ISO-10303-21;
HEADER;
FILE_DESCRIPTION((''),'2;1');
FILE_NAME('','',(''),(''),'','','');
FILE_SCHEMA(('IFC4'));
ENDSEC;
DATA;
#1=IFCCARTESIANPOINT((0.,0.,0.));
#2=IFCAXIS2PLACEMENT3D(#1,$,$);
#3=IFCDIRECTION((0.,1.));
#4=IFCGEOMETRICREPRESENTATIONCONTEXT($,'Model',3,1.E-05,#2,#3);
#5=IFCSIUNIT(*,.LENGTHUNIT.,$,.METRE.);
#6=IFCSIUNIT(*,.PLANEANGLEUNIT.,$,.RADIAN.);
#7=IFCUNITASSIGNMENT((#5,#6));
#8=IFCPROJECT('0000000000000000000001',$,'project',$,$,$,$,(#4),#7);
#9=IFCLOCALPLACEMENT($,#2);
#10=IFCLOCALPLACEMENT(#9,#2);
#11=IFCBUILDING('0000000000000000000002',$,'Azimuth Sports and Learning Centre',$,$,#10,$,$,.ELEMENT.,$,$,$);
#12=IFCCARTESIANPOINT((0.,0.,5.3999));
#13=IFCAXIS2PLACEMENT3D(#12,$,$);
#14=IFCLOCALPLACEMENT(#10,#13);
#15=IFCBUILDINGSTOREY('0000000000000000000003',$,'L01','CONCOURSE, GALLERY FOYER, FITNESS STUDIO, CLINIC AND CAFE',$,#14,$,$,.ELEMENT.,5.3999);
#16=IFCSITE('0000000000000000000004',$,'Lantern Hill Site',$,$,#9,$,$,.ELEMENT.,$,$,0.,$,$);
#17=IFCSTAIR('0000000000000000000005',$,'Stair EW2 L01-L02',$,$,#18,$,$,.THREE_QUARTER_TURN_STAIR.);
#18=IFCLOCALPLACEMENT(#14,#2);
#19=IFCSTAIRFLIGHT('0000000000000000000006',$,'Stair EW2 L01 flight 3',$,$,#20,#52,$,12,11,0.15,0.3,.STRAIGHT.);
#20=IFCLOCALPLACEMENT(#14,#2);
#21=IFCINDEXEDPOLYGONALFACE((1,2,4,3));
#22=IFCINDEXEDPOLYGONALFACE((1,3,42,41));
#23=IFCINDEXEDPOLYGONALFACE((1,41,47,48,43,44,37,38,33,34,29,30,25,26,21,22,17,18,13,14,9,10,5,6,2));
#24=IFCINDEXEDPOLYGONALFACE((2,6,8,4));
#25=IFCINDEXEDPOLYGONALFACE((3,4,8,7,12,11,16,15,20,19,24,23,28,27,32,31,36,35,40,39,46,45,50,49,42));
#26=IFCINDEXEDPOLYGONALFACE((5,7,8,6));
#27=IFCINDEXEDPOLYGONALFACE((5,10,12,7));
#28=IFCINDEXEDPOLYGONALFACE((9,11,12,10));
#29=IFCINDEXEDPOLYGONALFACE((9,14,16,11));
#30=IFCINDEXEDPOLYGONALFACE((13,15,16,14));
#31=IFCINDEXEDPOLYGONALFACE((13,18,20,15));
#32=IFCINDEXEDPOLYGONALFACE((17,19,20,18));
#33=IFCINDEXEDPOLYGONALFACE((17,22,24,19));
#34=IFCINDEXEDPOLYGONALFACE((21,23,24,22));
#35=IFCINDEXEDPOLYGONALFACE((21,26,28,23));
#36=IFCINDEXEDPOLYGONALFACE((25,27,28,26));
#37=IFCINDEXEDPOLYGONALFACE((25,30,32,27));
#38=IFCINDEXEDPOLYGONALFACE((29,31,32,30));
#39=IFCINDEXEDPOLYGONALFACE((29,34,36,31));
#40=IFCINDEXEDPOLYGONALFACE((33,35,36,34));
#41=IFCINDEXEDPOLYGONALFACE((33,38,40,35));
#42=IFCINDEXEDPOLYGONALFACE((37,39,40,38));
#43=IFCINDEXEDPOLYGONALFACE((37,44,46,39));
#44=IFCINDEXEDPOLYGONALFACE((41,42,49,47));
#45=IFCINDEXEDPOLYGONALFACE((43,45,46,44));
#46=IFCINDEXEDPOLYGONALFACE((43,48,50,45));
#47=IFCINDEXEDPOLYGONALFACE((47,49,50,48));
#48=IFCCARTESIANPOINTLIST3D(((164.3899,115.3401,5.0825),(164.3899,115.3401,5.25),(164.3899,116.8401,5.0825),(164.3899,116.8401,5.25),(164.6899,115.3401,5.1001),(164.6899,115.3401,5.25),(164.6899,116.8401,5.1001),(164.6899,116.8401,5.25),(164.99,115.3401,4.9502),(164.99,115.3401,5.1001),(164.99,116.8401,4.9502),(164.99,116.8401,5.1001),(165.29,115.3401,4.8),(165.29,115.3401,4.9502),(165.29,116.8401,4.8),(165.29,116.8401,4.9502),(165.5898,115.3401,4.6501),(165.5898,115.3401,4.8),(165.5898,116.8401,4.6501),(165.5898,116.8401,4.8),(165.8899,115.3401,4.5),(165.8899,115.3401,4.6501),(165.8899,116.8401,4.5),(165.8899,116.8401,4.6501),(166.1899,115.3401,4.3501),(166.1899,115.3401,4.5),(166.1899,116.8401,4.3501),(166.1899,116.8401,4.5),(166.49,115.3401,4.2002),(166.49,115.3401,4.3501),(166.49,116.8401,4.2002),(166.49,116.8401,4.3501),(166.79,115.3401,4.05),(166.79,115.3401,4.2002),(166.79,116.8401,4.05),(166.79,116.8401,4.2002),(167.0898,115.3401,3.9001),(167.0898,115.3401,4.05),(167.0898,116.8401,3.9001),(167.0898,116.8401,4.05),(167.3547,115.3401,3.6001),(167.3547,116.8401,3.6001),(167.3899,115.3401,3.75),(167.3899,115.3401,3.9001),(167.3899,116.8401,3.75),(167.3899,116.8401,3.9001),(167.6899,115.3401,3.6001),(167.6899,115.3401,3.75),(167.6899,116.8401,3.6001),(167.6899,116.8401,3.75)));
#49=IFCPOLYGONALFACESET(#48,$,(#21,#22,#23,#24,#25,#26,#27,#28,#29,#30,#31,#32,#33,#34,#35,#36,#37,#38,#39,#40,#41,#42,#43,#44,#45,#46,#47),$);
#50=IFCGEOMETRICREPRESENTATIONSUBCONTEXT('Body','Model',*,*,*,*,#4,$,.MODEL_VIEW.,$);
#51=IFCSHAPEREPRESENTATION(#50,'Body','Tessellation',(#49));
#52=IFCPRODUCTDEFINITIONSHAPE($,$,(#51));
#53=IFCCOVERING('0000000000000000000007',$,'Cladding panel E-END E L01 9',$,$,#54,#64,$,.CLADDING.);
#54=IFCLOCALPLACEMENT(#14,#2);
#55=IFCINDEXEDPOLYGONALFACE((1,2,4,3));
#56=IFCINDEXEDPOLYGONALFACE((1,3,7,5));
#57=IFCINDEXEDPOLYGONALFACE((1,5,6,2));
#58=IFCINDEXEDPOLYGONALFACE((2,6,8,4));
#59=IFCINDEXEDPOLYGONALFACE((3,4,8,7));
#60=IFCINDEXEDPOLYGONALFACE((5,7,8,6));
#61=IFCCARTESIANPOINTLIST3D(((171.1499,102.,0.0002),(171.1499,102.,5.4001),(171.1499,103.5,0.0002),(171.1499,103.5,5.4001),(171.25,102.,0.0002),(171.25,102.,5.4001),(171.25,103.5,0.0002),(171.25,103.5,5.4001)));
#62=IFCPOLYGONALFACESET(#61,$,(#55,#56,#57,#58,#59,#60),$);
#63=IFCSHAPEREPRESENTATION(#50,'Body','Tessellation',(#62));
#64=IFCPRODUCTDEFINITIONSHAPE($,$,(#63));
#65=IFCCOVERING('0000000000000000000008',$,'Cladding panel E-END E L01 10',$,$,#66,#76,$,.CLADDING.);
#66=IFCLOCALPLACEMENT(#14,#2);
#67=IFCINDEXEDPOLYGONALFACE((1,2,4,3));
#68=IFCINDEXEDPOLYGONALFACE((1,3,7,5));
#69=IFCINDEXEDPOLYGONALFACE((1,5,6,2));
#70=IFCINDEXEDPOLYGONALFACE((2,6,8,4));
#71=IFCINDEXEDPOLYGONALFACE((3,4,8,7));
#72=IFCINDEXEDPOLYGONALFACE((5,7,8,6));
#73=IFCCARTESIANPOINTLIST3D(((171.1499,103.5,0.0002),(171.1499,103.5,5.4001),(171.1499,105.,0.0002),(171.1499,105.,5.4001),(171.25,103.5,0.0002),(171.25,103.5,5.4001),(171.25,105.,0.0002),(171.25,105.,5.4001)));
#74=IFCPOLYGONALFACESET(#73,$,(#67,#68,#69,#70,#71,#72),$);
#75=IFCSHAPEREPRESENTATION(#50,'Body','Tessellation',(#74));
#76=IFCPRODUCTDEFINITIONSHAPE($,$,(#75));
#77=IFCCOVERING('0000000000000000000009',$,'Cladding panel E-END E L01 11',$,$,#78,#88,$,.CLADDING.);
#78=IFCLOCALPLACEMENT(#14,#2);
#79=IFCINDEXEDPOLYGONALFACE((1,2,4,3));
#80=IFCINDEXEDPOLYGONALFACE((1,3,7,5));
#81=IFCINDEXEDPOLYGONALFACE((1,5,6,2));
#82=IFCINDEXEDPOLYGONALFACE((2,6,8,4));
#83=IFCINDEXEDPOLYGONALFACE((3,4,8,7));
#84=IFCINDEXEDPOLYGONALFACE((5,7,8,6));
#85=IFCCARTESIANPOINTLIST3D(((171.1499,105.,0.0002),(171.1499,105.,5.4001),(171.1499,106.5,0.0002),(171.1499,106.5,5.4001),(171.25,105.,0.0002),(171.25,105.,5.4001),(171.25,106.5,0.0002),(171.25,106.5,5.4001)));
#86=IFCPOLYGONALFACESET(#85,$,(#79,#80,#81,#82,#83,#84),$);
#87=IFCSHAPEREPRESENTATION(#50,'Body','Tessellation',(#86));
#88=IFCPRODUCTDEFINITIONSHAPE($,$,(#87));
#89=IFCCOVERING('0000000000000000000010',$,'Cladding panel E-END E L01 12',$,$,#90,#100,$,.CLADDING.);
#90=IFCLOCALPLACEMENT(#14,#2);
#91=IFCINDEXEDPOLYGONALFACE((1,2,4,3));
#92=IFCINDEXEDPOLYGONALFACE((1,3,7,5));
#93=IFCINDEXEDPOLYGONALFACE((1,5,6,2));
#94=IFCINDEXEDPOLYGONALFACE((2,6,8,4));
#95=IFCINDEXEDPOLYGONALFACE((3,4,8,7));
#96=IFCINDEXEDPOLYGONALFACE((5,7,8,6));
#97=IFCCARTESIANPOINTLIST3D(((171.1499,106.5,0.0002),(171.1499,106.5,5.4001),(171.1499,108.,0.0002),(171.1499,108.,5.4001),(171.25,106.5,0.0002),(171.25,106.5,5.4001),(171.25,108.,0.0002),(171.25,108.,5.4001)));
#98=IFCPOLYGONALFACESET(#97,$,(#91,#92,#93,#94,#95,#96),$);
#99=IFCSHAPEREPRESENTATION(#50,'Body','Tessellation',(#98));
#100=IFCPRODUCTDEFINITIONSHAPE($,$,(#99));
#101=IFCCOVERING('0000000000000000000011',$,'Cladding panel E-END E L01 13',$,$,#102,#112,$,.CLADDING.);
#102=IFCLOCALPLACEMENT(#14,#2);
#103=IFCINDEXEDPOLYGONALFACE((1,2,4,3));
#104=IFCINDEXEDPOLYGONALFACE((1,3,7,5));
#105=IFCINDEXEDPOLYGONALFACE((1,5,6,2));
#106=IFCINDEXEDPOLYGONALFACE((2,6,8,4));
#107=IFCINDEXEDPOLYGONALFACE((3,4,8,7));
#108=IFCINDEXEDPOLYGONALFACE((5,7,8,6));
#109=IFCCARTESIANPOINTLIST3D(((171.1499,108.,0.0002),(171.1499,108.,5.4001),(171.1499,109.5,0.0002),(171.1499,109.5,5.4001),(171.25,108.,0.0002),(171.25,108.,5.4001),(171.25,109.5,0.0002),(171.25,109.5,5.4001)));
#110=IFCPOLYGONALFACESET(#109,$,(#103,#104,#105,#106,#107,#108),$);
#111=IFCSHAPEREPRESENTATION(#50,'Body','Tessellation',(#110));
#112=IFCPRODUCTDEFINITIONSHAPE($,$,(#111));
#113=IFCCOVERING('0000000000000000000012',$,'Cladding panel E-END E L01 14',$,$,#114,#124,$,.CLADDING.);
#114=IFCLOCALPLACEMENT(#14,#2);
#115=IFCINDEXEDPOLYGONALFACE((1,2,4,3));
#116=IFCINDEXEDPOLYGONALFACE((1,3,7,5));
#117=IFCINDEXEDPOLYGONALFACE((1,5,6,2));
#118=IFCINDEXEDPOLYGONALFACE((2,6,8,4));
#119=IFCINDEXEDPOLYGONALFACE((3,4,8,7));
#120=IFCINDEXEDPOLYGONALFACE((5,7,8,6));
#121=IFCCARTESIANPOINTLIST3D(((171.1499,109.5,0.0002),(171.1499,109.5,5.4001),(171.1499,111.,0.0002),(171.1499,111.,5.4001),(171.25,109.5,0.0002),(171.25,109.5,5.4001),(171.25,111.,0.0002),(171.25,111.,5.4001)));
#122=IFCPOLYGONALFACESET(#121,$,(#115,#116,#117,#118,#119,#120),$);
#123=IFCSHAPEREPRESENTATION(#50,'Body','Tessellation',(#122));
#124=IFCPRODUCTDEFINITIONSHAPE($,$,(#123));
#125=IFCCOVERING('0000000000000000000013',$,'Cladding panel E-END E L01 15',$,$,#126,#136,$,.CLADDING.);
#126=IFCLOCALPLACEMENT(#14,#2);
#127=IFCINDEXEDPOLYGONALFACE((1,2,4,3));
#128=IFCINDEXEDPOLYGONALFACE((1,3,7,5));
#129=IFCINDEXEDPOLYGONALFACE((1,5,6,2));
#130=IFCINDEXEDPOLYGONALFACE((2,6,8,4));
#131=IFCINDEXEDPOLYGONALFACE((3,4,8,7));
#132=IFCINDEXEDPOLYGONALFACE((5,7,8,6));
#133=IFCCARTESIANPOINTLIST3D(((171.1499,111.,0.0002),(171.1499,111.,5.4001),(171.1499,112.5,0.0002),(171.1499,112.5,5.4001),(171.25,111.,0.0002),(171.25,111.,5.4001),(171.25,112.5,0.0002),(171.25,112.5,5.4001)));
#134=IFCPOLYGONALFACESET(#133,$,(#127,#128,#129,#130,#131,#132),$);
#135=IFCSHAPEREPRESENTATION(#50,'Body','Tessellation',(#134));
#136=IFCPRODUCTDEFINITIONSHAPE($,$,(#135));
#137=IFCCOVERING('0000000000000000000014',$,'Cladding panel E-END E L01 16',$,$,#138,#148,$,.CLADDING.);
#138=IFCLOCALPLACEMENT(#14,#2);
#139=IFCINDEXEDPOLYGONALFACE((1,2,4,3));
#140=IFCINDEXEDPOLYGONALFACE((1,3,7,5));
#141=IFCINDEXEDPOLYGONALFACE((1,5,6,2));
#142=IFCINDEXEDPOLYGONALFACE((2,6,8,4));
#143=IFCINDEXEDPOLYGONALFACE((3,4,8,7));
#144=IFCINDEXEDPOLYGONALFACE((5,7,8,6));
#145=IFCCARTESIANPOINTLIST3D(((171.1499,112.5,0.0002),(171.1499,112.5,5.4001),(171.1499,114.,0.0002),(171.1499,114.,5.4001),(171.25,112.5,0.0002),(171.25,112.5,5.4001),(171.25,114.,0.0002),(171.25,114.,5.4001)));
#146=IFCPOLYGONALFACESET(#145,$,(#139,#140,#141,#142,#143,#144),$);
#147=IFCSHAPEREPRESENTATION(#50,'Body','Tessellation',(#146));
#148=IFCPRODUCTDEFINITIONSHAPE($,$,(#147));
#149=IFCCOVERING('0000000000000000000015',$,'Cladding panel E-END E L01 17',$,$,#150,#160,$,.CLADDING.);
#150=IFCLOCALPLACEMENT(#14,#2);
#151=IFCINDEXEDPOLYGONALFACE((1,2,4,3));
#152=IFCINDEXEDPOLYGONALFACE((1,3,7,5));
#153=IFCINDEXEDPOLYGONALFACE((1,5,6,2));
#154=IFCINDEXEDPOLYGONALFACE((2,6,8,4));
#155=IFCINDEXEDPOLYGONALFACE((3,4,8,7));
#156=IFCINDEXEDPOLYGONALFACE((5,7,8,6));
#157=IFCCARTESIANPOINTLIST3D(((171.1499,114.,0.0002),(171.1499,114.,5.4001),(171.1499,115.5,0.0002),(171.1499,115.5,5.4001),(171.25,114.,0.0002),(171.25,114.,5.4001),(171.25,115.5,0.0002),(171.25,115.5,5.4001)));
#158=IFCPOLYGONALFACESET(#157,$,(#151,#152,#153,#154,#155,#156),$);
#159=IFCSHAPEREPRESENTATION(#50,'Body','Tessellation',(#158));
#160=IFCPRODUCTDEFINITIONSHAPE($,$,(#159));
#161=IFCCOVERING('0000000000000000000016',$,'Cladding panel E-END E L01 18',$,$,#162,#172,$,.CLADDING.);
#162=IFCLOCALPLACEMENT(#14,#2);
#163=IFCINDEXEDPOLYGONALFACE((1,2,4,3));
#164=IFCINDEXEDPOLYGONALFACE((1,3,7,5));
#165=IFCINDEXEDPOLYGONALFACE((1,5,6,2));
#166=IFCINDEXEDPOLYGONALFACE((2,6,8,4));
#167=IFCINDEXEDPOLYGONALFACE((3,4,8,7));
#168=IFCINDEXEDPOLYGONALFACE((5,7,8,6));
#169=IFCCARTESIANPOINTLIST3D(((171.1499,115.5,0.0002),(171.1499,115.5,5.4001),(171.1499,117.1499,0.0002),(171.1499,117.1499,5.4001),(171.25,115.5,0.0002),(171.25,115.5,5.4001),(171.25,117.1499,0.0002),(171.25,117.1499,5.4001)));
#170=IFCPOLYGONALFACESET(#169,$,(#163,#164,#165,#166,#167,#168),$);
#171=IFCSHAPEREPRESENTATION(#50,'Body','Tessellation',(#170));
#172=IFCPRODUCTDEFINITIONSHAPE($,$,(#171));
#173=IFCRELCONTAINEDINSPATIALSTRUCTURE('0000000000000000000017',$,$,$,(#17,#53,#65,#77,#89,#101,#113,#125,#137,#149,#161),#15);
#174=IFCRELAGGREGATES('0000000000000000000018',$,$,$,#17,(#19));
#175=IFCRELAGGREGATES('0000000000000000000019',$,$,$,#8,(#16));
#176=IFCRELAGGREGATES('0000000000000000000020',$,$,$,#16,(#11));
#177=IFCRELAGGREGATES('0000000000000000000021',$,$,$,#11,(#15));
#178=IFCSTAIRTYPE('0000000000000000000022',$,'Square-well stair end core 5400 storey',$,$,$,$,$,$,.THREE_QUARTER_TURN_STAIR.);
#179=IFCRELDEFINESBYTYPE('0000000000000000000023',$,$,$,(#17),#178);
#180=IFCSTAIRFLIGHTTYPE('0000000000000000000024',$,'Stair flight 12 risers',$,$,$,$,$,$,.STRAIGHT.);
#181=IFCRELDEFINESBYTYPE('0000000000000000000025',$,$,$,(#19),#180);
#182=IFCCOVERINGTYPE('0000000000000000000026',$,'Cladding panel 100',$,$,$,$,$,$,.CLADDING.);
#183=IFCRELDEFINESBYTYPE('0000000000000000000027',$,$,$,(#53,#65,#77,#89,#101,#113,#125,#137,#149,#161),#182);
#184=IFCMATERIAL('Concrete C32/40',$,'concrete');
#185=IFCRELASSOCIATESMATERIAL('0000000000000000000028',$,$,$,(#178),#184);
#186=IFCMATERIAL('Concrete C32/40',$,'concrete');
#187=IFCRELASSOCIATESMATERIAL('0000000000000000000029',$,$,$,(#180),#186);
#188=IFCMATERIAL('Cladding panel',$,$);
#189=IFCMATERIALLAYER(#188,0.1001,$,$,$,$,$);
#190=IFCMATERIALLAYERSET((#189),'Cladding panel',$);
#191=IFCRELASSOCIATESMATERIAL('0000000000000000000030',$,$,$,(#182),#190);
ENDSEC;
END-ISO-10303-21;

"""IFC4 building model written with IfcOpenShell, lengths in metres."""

from ifc_helpers import new_model, si_unit, direction, frame, origin, origin_2d, place, context, subcontext, project, spatial, polyline, rectangle, outline, extrude, material, layer, layer_set, type_object, element, aggregate, save


model = new_model("IFC4")

# Units and contexts
model_context = context("Model", 3, precision=1e-05, world=origin(), true_north=direction((0.0, 1.0)))
body_context = subcontext(model_context, "Body", "Model", "MODEL_VIEW")
ifc_project = project(units=[si_unit("LENGTHUNIT", "METRE"), si_unit("PLANEANGLEUNIT", "RADIAN")], contexts=[model_context])

# Site, building, storey
site_placement = place(None, origin())
site = spatial("IfcSite", under=ifc_project, at=site_placement, Name="Lantern Hill Site", CompositionType="ELEMENT", RefElevation=0.0)
building_placement = place(site_placement, origin())
building = spatial("IfcBuilding", under=site, at=building_placement, Name="Azimuth Sports and Learning Centre", CompositionType="ELEMENT")
storey_placement = place(building_placement, frame((0.0, 0.0, 5.3999)))
storey = spatial("IfcBuildingStorey", under=building, at=storey_placement, Name="L01", Description="CONCOURSE, GALLERY FOYER, FITNESS STUDIO, CLINIC AND CAFE", CompositionType="ELEMENT", Elevation=5.3999)

# Stair, stair flight
ifc_material_1 = material(Name="Concrete C32/40", Category="concrete")
stair_type = type_object("IfcStairType", Name="Square-well stair end core 5400 storey", PredefinedType="THREE_QUARTER_TURN_STAIR", material=ifc_material_1)
stair_placement = place(storey_placement, origin())
stair = element("IfcStair", 1, at=stair_placement, inside=storey, type_object=stair_type, Name="Stair EW2 L01-L02", PredefinedType="THREE_QUARTER_TURN_STAIR")
ifc_material_2 = material(Name="Concrete C32/40", Category="concrete")
stair_flight_type = type_object("IfcStairFlightType", Name="Stair flight 12 risers", PredefinedType="STRAIGHT", material=ifc_material_2)
stair_flight_1_placement = place(storey_placement, frame((167.6899, 116.0901, 3.6001), z_axis=(0.0, 0.0, 1.0), x_axis=(-1.0, 0.0, 0.0)))
stair_flight_1 = element("IfcStairFlight", 2, at=stair_flight_1_placement, type_object=stair_flight_type, Name="Stair EW2 L01 flight 3", NumberOfRisers=12, NumberOfTreads=11, PredefinedType="STRAIGHT", RiserHeight=0.15, TreadLength=0.3, context=body_context, shape_type="SweptSolid", body=[
    extrude(outline(polyline([(0.0, 0.0), (0.0, 0.1499), (0.3, 0.1499), (0.3, 0.3), (0.6001, 0.3), (0.6001, 0.45), (0.8999, 0.45), (0.8999, 0.6001), (1.2, 0.6001), (1.2, 0.75), (1.5, 0.75), (1.5, 0.8999), (1.8, 0.8999), (1.8, 1.05), (2.1001, 1.05), (2.1001, 1.2), (2.3999, 1.2), (2.3999, 1.3501), (2.7, 1.3501), (2.7, 1.5), (3.0, 1.5), (3.0, 1.6499), (3.3, 1.6499), (3.3, 1.8), (3.3, 1.4824), (0.3352, 0.0), (0.0, 0.0)])), frame((0.0, 0.75, 0.0), z_axis=(0.0, -1.0, 0.0), x_axis=(1.0, 0.0, 0.0)), (0.0, 0.0, 1.0), 1.5),
])
aggregate(stair, [stair_flight_1])

# Coverings
ifc_material_3 = material(Name="Cladding panel")
ifc_layer_1 = layer(ifc_material_3, 0.1001)
ifc_layer_set_1 = layer_set([ifc_layer_1], Name="Cladding panel")
covering_type = type_object("IfcCoveringType", Name="Cladding panel 100", PredefinedType="CLADDING", material=ifc_layer_set_1)
for number, where, z_axis, x_axis, name in (
    (3, (171.2, 102.75, 0.0002), (0.0, 0.0, 1.0), (0.0, 1.0, 0.0), "Cladding panel E-END E L01 9"),
    (4, (171.2, 104.25, 0.0002), (0.0, 0.0, 1.0), (0.0, 1.0, 0.0), "Cladding panel E-END E L01 10"),
    (5, (171.2, 105.75, 0.0002), (0.0, 0.0, 1.0), (0.0, 1.0, 0.0), "Cladding panel E-END E L01 11"),
    (6, (171.2, 107.25, 0.0002), (0.0, 0.0, 1.0), (0.0, 1.0, 0.0), "Cladding panel E-END E L01 12"),
    (7, (171.2, 108.75, 0.0002), (0.0, 0.0, 1.0), (0.0, 1.0, 0.0), "Cladding panel E-END E L01 13"),
    (8, (171.2, 110.25, 0.0002), (0.0, 0.0, 1.0), (0.0, 1.0, 0.0), "Cladding panel E-END E L01 14"),
    (9, (171.2, 111.75, 0.0002), (0.0, 0.0, 1.0), (0.0, 1.0, 0.0), "Cladding panel E-END E L01 15"),
    (10, (171.2, 113.25, 0.0002), (0.0, 0.0, 1.0), (0.0, 1.0, 0.0), "Cladding panel E-END E L01 16"),
    (11, (171.2, 114.75, 0.0002), (0.0, 0.0, 1.0), (0.0, 1.0, 0.0), "Cladding panel E-END E L01 17"),
):
    element("IfcCovering", number, at=place(storey_placement, frame(where, z_axis=z_axis, x_axis=x_axis)), inside=storey, type_object=covering_type, Name=name, PredefinedType="CLADDING", context=body_context, shape_type="SweptSolid", body=[
        extrude(rectangle(XDim=1.5, YDim=0.1001, at=origin_2d()), origin(), (0.0, 0.0, 1.0), 5.3999),
    ])
covering_placement = place(storey_placement, frame((171.2, 116.325, 0.0002), z_axis=(0.0, 0.0, 1.0), x_axis=(0.0, 1.0, 0.0)))
element("IfcCovering", 12, at=covering_placement, inside=storey, type_object=covering_type, Name="Cladding panel E-END E L01 18", PredefinedType="CLADDING", context=body_context, shape_type="SweptSolid", body=[
    extrude(rectangle(XDim=1.6499, YDim=0.1001, at=origin_2d()), origin(), (0.0, 0.0, 1.0), 5.3999),
])

save(model, "model.ifc")
